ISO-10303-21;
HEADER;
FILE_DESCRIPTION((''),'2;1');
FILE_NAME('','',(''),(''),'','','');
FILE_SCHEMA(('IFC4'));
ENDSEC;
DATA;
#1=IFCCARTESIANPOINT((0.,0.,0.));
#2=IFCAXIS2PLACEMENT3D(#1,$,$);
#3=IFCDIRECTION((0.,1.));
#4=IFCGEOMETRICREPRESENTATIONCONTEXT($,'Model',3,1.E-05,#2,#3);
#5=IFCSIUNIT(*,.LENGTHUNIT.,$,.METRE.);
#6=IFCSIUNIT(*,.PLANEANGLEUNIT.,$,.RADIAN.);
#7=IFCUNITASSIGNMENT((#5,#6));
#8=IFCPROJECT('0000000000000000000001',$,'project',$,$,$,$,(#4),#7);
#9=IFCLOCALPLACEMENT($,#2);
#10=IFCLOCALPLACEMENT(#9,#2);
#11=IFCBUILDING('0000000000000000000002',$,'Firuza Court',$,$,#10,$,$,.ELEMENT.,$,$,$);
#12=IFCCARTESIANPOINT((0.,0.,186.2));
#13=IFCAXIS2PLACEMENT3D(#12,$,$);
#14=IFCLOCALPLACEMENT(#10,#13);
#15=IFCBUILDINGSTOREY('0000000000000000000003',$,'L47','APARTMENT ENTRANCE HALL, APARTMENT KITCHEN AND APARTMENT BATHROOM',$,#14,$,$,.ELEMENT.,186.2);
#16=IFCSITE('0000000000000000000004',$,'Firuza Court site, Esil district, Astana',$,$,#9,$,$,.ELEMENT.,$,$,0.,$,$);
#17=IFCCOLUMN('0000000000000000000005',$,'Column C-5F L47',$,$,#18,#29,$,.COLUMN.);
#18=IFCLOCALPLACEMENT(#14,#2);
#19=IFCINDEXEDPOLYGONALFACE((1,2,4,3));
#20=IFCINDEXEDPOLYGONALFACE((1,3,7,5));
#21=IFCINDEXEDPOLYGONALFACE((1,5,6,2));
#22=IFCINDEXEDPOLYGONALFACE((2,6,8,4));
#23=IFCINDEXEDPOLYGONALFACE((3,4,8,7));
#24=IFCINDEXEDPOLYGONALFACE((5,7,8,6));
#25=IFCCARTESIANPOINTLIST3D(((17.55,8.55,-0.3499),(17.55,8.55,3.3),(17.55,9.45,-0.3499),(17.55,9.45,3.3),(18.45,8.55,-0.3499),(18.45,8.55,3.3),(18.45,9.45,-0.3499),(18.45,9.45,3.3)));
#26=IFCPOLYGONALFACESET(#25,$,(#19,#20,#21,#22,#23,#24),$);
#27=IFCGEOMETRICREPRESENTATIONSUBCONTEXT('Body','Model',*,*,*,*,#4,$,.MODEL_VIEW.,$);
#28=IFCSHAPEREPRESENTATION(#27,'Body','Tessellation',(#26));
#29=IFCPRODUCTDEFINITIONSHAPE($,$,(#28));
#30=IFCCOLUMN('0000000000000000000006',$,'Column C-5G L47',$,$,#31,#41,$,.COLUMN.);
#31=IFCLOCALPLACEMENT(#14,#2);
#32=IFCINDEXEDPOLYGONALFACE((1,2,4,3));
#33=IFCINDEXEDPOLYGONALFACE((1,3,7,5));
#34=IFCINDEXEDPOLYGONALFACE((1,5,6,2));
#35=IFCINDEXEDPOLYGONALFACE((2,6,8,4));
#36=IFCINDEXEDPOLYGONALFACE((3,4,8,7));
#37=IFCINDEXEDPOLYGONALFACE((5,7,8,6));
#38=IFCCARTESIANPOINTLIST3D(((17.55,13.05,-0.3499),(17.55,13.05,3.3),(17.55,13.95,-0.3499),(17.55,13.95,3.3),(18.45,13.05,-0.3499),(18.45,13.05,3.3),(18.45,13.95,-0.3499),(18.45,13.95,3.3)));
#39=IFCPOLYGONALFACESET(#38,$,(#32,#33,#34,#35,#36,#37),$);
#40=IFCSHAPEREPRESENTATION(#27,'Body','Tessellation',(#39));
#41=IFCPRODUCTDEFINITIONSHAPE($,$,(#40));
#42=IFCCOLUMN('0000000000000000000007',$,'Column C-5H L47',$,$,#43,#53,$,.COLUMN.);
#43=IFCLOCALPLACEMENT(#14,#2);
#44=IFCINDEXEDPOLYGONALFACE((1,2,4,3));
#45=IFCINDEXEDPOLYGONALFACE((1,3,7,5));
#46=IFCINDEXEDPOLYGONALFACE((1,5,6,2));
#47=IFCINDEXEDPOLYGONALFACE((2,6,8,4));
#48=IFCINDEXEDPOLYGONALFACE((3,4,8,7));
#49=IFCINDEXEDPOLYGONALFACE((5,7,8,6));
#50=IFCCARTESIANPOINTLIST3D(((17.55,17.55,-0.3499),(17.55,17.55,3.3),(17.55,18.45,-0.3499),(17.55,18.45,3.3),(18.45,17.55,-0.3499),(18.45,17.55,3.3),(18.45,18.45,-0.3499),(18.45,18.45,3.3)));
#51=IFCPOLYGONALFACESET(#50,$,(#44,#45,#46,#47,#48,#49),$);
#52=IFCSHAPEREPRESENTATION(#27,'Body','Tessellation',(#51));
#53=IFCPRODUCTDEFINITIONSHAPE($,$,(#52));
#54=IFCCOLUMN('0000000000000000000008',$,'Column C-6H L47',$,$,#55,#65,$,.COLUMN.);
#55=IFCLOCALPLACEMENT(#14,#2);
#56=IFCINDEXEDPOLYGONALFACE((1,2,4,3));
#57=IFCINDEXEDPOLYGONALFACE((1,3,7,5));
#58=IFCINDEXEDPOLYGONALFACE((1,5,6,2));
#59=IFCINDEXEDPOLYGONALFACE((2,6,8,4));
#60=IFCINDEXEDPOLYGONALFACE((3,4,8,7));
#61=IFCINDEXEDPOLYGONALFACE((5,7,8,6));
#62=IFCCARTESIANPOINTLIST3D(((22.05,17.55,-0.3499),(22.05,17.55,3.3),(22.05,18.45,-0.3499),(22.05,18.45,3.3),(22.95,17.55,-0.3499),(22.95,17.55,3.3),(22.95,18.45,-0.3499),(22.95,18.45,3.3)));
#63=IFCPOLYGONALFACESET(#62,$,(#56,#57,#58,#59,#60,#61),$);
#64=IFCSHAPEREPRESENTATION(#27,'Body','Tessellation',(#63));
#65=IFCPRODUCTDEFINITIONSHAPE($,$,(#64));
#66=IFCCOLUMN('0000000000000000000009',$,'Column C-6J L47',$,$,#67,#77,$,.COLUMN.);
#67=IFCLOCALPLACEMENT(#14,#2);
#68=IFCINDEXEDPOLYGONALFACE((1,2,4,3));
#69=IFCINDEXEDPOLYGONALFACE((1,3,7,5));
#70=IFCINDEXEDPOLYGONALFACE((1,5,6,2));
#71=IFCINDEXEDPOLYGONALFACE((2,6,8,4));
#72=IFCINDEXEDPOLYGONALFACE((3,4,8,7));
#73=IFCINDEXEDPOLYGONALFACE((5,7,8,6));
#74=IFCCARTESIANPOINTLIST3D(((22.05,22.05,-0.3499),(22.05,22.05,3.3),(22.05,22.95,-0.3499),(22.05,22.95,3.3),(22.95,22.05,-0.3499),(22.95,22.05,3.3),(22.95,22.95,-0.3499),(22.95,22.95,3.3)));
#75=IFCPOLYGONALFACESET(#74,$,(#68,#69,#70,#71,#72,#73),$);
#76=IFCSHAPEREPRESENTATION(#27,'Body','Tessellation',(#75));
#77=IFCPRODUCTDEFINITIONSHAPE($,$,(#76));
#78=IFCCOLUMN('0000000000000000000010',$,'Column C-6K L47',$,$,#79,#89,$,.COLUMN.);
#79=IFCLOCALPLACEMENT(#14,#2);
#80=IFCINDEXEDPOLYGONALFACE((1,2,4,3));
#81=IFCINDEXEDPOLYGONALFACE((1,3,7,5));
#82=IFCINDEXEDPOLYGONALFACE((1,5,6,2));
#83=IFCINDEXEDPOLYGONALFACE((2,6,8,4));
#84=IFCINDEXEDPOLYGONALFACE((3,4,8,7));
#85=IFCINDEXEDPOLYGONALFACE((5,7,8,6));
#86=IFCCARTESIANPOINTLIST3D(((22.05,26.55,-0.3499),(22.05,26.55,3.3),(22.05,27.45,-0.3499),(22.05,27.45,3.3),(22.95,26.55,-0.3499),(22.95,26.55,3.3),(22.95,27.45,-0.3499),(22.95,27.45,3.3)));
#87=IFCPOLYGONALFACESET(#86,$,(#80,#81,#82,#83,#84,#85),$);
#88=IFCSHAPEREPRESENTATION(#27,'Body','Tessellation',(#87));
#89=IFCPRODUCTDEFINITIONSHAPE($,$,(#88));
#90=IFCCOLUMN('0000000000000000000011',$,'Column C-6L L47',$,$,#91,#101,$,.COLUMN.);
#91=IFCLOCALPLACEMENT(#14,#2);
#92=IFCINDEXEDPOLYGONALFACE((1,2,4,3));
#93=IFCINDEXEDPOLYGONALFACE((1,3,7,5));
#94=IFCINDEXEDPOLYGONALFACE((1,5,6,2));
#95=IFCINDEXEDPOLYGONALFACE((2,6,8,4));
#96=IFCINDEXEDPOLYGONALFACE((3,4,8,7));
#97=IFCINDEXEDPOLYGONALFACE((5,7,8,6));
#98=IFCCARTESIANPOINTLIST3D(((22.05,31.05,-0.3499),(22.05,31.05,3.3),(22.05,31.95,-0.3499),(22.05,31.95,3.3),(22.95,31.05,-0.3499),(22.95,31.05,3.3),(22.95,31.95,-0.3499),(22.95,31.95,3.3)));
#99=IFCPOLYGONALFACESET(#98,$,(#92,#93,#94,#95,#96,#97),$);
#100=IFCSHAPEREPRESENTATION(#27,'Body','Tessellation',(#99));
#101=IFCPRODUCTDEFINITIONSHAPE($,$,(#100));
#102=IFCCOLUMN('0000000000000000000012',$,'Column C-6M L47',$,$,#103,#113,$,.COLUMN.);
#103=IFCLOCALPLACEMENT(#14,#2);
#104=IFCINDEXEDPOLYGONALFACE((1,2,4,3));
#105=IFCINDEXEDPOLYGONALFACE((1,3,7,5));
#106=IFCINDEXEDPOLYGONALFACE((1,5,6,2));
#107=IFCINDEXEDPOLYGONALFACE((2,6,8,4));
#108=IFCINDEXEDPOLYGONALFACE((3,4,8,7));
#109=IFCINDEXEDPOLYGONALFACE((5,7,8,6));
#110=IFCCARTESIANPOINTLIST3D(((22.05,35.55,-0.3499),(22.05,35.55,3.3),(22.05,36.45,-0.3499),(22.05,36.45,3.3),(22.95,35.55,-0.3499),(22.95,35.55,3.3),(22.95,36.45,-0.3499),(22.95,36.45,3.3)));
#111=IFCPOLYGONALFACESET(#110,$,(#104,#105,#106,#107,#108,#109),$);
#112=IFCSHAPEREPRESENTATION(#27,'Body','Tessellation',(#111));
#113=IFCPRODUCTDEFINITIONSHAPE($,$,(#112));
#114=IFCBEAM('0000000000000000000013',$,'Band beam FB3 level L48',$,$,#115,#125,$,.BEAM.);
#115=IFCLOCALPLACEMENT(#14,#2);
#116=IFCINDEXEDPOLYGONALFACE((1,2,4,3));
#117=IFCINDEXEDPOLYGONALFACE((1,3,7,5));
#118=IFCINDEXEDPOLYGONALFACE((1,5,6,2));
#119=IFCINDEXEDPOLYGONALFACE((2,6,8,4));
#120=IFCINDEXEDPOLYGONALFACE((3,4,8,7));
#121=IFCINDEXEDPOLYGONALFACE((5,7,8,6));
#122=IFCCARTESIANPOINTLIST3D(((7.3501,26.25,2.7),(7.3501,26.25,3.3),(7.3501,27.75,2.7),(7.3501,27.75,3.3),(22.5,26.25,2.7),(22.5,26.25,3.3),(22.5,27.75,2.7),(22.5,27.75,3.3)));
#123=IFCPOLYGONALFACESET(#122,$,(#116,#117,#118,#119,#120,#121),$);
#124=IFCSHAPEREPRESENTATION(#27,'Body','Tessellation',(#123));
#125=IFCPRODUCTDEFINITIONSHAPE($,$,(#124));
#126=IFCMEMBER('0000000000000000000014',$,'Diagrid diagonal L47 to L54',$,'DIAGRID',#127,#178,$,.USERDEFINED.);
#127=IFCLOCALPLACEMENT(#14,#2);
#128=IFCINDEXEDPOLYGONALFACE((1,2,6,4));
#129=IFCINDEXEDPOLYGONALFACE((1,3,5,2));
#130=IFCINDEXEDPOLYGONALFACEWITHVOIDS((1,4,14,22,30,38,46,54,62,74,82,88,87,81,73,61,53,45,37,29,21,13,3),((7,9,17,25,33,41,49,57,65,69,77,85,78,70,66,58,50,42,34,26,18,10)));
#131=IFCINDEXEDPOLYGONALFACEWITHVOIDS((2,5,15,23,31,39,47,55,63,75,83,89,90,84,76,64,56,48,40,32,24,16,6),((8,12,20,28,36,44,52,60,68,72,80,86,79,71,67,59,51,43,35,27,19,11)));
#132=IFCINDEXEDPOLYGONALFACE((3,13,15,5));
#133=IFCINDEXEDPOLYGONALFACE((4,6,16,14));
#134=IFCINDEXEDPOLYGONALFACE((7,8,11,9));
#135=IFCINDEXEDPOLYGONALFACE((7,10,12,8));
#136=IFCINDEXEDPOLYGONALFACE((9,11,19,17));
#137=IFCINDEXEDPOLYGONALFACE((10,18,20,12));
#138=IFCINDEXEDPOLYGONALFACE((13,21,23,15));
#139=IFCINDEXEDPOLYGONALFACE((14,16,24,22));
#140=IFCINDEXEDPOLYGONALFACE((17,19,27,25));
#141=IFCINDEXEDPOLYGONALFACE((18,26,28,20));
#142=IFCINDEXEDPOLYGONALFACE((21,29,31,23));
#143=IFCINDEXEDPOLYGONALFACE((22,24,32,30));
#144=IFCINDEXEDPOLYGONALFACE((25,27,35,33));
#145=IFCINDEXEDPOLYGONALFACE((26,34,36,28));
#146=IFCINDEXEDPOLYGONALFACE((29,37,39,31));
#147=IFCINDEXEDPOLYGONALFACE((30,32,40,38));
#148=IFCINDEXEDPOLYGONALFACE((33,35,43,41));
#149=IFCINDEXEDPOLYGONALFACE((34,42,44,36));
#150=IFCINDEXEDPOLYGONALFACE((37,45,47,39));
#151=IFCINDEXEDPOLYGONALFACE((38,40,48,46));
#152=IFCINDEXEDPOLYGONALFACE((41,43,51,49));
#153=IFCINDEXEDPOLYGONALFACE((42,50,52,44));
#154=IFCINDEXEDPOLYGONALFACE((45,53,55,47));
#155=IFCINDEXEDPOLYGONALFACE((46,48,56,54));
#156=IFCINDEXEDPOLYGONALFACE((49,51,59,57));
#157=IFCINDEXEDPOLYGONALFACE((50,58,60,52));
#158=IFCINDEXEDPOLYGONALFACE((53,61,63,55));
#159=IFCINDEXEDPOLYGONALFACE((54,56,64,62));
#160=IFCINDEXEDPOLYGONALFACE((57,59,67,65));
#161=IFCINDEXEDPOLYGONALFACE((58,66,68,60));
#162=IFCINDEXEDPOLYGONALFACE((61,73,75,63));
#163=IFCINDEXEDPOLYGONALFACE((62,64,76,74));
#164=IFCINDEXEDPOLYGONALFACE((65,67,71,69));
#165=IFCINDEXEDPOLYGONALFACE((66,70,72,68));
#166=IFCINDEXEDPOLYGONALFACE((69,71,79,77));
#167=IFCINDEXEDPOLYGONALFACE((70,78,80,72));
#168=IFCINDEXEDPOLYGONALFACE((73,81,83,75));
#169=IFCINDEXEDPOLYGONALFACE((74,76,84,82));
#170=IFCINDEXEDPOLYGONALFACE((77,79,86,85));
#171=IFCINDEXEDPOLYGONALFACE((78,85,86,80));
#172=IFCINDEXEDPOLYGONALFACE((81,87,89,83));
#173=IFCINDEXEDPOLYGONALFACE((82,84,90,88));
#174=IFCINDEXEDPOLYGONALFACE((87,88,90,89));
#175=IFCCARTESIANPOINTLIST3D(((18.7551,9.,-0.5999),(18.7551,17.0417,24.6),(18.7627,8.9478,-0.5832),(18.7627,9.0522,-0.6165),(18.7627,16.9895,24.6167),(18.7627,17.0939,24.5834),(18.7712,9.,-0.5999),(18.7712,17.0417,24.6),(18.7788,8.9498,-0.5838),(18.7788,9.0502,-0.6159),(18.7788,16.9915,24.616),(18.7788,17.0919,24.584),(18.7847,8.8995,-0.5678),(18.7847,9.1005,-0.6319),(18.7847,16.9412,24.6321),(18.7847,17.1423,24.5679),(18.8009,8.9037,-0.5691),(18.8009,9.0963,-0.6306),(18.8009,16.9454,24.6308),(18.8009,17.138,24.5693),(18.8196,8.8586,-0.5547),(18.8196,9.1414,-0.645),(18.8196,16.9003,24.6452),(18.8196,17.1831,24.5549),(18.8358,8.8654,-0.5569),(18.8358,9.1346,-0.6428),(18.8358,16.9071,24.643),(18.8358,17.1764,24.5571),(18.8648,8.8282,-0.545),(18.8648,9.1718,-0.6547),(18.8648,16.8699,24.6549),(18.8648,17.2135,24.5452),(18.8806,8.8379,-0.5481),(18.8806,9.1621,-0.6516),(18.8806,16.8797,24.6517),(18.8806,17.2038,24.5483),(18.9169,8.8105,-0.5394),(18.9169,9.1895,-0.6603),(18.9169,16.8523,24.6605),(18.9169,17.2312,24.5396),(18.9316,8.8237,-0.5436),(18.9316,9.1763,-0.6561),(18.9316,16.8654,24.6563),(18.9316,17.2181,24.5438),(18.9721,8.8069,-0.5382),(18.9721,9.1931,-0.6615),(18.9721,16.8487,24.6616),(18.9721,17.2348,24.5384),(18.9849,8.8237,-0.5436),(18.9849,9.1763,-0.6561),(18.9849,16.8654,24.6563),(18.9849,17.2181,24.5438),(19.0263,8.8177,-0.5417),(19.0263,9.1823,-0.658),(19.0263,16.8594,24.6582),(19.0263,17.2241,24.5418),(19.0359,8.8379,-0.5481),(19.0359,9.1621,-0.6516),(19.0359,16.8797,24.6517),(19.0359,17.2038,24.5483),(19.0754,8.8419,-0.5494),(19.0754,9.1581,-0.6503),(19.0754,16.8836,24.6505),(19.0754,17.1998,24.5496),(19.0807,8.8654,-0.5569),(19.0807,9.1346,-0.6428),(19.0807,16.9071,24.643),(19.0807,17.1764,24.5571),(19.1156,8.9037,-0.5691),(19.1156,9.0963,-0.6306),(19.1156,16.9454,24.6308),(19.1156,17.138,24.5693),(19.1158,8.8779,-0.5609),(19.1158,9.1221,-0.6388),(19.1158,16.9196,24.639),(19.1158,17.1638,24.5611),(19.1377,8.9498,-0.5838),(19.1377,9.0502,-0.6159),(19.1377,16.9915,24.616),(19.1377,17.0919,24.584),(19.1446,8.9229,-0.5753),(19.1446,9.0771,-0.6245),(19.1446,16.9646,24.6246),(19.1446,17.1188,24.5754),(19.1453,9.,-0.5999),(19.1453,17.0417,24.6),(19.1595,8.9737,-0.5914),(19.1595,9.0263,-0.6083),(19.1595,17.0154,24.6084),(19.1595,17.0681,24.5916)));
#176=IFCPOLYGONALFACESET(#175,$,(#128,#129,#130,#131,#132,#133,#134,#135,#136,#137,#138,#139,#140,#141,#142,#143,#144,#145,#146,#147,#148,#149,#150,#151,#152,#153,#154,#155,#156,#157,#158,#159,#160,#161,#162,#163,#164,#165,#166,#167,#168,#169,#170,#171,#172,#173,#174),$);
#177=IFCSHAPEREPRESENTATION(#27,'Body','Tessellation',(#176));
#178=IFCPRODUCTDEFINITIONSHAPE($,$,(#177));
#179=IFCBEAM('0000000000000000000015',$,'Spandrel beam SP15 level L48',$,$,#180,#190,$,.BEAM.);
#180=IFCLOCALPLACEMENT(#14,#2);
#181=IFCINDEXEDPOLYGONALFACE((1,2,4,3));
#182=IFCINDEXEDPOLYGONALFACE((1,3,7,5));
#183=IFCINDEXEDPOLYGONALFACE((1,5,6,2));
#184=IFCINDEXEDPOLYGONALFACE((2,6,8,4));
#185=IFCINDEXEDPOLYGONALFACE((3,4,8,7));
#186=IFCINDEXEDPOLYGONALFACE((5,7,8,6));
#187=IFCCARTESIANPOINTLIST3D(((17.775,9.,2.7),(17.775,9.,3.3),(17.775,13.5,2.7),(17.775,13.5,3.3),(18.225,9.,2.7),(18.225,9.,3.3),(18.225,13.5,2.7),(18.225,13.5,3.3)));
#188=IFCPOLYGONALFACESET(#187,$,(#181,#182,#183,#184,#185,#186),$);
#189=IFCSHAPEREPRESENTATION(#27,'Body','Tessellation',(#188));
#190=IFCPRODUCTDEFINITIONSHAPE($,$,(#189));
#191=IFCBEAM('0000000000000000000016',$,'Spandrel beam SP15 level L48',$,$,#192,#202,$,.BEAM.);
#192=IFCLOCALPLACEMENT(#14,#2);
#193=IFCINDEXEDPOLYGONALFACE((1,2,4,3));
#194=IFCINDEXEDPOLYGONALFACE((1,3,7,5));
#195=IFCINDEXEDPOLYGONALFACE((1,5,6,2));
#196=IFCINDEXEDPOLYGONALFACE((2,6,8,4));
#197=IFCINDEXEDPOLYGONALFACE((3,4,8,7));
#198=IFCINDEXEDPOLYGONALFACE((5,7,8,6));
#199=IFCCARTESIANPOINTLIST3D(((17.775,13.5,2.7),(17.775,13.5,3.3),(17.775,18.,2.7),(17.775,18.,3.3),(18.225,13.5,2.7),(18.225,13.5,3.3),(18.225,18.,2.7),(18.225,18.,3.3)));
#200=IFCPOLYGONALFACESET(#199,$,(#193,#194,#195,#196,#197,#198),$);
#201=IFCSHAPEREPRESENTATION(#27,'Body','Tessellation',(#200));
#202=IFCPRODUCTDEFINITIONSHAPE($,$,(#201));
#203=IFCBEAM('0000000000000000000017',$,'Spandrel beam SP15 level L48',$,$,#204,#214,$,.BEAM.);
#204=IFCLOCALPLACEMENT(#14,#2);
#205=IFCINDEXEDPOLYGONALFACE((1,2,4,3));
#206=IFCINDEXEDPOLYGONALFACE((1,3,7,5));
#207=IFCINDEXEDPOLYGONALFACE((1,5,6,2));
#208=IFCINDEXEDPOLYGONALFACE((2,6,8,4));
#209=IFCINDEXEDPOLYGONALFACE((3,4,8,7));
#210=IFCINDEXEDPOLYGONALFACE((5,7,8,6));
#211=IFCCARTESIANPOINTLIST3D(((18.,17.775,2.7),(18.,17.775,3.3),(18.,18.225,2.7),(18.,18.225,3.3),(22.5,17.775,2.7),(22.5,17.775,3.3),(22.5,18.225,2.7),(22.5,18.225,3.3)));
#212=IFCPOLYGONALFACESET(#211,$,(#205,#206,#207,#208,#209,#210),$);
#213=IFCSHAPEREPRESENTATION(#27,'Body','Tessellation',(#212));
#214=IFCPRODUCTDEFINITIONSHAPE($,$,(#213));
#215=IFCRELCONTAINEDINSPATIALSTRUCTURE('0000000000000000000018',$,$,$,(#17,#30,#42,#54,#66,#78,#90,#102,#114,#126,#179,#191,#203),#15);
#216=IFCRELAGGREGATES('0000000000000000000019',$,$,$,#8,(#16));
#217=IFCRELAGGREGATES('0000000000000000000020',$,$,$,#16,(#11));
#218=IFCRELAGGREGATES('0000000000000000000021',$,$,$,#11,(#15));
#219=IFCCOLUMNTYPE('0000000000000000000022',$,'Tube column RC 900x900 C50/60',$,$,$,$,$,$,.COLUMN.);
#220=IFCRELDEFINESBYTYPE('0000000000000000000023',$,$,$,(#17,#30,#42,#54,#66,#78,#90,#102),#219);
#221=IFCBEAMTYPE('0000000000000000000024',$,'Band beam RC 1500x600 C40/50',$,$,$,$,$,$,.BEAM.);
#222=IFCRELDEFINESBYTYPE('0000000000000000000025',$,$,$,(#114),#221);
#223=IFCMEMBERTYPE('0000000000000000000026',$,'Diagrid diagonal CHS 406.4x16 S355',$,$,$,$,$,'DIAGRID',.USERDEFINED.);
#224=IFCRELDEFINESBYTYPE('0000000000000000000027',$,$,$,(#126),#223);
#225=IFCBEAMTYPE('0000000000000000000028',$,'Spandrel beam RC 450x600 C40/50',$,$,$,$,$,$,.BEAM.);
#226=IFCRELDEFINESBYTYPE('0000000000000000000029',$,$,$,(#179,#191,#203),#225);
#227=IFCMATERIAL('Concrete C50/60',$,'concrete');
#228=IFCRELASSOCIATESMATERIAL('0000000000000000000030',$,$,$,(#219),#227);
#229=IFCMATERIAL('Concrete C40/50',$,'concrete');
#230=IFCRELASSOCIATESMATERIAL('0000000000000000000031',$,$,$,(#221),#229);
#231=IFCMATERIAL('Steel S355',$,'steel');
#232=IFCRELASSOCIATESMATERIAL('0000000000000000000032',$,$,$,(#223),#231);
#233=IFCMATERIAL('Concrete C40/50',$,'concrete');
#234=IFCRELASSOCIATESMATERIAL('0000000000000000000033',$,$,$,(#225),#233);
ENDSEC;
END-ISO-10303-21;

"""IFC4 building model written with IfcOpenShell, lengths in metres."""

from ifc_helpers import new_model, si_unit, direction, frame, origin, origin_2d, place, context, subcontext, project, spatial, rectangle, hollow_circle, extrude, material, material_profile, profile_set, type_object, element, save


model = new_model("IFC4")

# Units and contexts
model_context = context("Model", 3, precision=1e-05, world=origin(), true_north=direction((0.0, 1.0)))
body_context = subcontext(model_context, "Body", "Model", "MODEL_VIEW")
ifc_project = project(units=[si_unit("LENGTHUNIT", "METRE"), si_unit("PLANEANGLEUNIT", "RADIAN")], contexts=[model_context])

# Site, building, storey
site_placement = place(None, origin())
site = spatial("IfcSite", under=ifc_project, at=site_placement, Name="Firuza Court site, Esil district, Astana", CompositionType="ELEMENT", RefElevation=0.0)
building_placement = place(site_placement, origin())
building = spatial("IfcBuilding", under=site, at=building_placement, Name="Firuza Court", CompositionType="ELEMENT")
storey_placement = place(building_placement, frame((0.0, 0.0, 186.2)))
storey = spatial("IfcBuildingStorey", under=building, at=storey_placement, Name="L47", Description="APARTMENT ENTRANCE HALL, APARTMENT KITCHEN AND APARTMENT BATHROOM", CompositionType="ELEMENT", Elevation=186.2)

# Columns
ifc_material_1 = material(Name="Concrete C50/60", Category="concrete")
ifc_material_profile_1 = material_profile(ifc_material_1, rectangle(XDim=0.8999, YDim=0.8999, at=origin_2d()), Name="RC 900x900")
ifc_profile_set_1 = profile_set([ifc_material_profile_1], Name="Concrete C50/60")
column_type = type_object("IfcColumnType", Name="Tube column RC 900x900 C50/60", PredefinedType="COLUMN", material=ifc_profile_set_1)
for number, where, z_axis, x_axis, name in (
    (1, (18.0, 9.0, -0.3499), (0.0, 0.0, 1.0), (1.0, 0.0, 0.0), "Column C-5F L47"),
    (2, (18.0, 13.5, -0.3499), (0.0, 0.0, 1.0), (1.0, 0.0, 0.0), "Column C-5G L47"),
    (3, (18.0, 18.0, -0.3499), (0.0, 0.0, 1.0), (1.0, 0.0, 0.0), "Column C-5H L47"),
    (4, (22.5, 18.0, -0.3499), (0.0, 0.0, 1.0), (1.0, 0.0, 0.0), "Column C-6H L47"),
    (5, (22.5, 22.5, -0.3499), (0.0, 0.0, 1.0), (1.0, 0.0, 0.0), "Column C-6J L47"),
    (6, (22.5, 27.0, -0.3499), (0.0, 0.0, 1.0), (1.0, 0.0, 0.0), "Column C-6K L47"),
    (7, (22.5, 31.5, -0.3499), (0.0, 0.0, 1.0), (1.0, 0.0, 0.0), "Column C-6L L47"),
    (8, (22.5, 36.0, -0.3499), (0.0, 0.0, 1.0), (1.0, 0.0, 0.0), "Column C-6M L47"),
):
    element("IfcColumn", number, at=place(storey_placement, frame(where, z_axis=z_axis, x_axis=x_axis)), inside=storey, type_object=column_type, Name=name, PredefinedType="COLUMN", context=body_context, shape_type="SweptSolid", body=[
        extrude(rectangle(XDim=0.8999, YDim=0.8999, at=origin_2d()), origin(), (0.0, 0.0, 1.0), 3.6499),
    ])

# Beam
ifc_material_2 = material(Name="Concrete C40/50", Category="concrete")
ifc_material_profile_2 = material_profile(ifc_material_2, rectangle(XDim=1.5, YDim=0.6001, at=origin_2d()), Name="RC 1500x600")
ifc_profile_set_2 = profile_set([ifc_material_profile_2], Name="Concrete C40/50")
beam_type_1 = type_object("IfcBeamType", Name="Band beam RC 1500x600 C40/50", PredefinedType="BEAM", material=ifc_profile_set_2)
beam_placement = place(storey_placement, frame((22.5, 27.0, 3.0), z_axis=(-1.0, 0.0, 0.0), x_axis=(0.0, -1.0, 0.0)))
element("IfcBeam", 9, at=beam_placement, inside=storey, type_object=beam_type_1, Name="Band beam FB3 level L48", PredefinedType="BEAM", context=body_context, shape_type="SweptSolid", body=[
    extrude(rectangle(XDim=1.5, YDim=0.6001, at=origin_2d()), origin(), (0.0, 0.0, 1.0), 15.1499),
])

# Member
ifc_material_3 = material(Name="Steel S355", Category="steel")
ifc_material_profile_3 = material_profile(ifc_material_3, hollow_circle(Radius=0.2031, WallThickness=0.0161, at=origin_2d()), Name="CHS 406.4x16")
ifc_profile_set_3 = profile_set([ifc_material_profile_3], Name="Steel S355")
member_type = type_object("IfcMemberType", Name="Diagrid diagonal CHS 406.4x16 S355", ElementType="DIAGRID", PredefinedType="USERDEFINED", material=ifc_profile_set_3)
member_placement = place(storey_placement, frame((18.9583, 9.0, -0.5999), z_axis=(0.0, 0.304013, 0.952668), x_axis=(-1.0, 0.0, 0.0)))
element("IfcMember", 10, at=member_placement, inside=storey, type_object=member_type, Name="Diagrid diagonal L47 to L54", ObjectType="DIAGRID", PredefinedType="USERDEFINED", context=body_context, shape_type="SweptSolid", body=[
    extrude(hollow_circle(Radius=0.2031, WallThickness=0.0161, at=origin_2d()), origin(), (0.0, 0.0, 1.0), 26.4519),
])

# Beams
ifc_material_4 = material(Name="Concrete C40/50", Category="concrete")
ifc_material_profile_4 = material_profile(ifc_material_4, rectangle(XDim=0.45, YDim=0.6001, at=origin_2d()), Name="RC 450x600")
ifc_profile_set_4 = profile_set([ifc_material_profile_4], Name="Concrete C40/50")
beam_type_2 = type_object("IfcBeamType", Name="Spandrel beam RC 450x600 C40/50", PredefinedType="BEAM", material=ifc_profile_set_4)
for number, where, z_axis, x_axis, name in (
    (11, (18.0, 9.0, 3.0), (0.0, 1.0, 0.0), (-1.0, 0.0, 0.0), "Spandrel beam SP15 level L48"),
    (12, (18.0, 13.5, 3.0), (0.0, 1.0, 0.0), (-1.0, 0.0, 0.0), "Spandrel beam SP15 level L48"),
    (13, (18.0, 18.0, 3.0), (1.0, 0.0, 0.0), (0.0, 1.0, 0.0), "Spandrel beam SP15 level L48"),
):
    element("IfcBeam", number, at=place(storey_placement, frame(where, z_axis=z_axis, x_axis=x_axis)), inside=storey, type_object=beam_type_2, Name=name, PredefinedType="BEAM", context=body_context, shape_type="SweptSolid", body=[
        extrude(rectangle(XDim=0.45, YDim=0.6001, at=origin_2d()), origin(), (0.0, 0.0, 1.0), 4.5),
    ])

save(model, "model.ifc")
